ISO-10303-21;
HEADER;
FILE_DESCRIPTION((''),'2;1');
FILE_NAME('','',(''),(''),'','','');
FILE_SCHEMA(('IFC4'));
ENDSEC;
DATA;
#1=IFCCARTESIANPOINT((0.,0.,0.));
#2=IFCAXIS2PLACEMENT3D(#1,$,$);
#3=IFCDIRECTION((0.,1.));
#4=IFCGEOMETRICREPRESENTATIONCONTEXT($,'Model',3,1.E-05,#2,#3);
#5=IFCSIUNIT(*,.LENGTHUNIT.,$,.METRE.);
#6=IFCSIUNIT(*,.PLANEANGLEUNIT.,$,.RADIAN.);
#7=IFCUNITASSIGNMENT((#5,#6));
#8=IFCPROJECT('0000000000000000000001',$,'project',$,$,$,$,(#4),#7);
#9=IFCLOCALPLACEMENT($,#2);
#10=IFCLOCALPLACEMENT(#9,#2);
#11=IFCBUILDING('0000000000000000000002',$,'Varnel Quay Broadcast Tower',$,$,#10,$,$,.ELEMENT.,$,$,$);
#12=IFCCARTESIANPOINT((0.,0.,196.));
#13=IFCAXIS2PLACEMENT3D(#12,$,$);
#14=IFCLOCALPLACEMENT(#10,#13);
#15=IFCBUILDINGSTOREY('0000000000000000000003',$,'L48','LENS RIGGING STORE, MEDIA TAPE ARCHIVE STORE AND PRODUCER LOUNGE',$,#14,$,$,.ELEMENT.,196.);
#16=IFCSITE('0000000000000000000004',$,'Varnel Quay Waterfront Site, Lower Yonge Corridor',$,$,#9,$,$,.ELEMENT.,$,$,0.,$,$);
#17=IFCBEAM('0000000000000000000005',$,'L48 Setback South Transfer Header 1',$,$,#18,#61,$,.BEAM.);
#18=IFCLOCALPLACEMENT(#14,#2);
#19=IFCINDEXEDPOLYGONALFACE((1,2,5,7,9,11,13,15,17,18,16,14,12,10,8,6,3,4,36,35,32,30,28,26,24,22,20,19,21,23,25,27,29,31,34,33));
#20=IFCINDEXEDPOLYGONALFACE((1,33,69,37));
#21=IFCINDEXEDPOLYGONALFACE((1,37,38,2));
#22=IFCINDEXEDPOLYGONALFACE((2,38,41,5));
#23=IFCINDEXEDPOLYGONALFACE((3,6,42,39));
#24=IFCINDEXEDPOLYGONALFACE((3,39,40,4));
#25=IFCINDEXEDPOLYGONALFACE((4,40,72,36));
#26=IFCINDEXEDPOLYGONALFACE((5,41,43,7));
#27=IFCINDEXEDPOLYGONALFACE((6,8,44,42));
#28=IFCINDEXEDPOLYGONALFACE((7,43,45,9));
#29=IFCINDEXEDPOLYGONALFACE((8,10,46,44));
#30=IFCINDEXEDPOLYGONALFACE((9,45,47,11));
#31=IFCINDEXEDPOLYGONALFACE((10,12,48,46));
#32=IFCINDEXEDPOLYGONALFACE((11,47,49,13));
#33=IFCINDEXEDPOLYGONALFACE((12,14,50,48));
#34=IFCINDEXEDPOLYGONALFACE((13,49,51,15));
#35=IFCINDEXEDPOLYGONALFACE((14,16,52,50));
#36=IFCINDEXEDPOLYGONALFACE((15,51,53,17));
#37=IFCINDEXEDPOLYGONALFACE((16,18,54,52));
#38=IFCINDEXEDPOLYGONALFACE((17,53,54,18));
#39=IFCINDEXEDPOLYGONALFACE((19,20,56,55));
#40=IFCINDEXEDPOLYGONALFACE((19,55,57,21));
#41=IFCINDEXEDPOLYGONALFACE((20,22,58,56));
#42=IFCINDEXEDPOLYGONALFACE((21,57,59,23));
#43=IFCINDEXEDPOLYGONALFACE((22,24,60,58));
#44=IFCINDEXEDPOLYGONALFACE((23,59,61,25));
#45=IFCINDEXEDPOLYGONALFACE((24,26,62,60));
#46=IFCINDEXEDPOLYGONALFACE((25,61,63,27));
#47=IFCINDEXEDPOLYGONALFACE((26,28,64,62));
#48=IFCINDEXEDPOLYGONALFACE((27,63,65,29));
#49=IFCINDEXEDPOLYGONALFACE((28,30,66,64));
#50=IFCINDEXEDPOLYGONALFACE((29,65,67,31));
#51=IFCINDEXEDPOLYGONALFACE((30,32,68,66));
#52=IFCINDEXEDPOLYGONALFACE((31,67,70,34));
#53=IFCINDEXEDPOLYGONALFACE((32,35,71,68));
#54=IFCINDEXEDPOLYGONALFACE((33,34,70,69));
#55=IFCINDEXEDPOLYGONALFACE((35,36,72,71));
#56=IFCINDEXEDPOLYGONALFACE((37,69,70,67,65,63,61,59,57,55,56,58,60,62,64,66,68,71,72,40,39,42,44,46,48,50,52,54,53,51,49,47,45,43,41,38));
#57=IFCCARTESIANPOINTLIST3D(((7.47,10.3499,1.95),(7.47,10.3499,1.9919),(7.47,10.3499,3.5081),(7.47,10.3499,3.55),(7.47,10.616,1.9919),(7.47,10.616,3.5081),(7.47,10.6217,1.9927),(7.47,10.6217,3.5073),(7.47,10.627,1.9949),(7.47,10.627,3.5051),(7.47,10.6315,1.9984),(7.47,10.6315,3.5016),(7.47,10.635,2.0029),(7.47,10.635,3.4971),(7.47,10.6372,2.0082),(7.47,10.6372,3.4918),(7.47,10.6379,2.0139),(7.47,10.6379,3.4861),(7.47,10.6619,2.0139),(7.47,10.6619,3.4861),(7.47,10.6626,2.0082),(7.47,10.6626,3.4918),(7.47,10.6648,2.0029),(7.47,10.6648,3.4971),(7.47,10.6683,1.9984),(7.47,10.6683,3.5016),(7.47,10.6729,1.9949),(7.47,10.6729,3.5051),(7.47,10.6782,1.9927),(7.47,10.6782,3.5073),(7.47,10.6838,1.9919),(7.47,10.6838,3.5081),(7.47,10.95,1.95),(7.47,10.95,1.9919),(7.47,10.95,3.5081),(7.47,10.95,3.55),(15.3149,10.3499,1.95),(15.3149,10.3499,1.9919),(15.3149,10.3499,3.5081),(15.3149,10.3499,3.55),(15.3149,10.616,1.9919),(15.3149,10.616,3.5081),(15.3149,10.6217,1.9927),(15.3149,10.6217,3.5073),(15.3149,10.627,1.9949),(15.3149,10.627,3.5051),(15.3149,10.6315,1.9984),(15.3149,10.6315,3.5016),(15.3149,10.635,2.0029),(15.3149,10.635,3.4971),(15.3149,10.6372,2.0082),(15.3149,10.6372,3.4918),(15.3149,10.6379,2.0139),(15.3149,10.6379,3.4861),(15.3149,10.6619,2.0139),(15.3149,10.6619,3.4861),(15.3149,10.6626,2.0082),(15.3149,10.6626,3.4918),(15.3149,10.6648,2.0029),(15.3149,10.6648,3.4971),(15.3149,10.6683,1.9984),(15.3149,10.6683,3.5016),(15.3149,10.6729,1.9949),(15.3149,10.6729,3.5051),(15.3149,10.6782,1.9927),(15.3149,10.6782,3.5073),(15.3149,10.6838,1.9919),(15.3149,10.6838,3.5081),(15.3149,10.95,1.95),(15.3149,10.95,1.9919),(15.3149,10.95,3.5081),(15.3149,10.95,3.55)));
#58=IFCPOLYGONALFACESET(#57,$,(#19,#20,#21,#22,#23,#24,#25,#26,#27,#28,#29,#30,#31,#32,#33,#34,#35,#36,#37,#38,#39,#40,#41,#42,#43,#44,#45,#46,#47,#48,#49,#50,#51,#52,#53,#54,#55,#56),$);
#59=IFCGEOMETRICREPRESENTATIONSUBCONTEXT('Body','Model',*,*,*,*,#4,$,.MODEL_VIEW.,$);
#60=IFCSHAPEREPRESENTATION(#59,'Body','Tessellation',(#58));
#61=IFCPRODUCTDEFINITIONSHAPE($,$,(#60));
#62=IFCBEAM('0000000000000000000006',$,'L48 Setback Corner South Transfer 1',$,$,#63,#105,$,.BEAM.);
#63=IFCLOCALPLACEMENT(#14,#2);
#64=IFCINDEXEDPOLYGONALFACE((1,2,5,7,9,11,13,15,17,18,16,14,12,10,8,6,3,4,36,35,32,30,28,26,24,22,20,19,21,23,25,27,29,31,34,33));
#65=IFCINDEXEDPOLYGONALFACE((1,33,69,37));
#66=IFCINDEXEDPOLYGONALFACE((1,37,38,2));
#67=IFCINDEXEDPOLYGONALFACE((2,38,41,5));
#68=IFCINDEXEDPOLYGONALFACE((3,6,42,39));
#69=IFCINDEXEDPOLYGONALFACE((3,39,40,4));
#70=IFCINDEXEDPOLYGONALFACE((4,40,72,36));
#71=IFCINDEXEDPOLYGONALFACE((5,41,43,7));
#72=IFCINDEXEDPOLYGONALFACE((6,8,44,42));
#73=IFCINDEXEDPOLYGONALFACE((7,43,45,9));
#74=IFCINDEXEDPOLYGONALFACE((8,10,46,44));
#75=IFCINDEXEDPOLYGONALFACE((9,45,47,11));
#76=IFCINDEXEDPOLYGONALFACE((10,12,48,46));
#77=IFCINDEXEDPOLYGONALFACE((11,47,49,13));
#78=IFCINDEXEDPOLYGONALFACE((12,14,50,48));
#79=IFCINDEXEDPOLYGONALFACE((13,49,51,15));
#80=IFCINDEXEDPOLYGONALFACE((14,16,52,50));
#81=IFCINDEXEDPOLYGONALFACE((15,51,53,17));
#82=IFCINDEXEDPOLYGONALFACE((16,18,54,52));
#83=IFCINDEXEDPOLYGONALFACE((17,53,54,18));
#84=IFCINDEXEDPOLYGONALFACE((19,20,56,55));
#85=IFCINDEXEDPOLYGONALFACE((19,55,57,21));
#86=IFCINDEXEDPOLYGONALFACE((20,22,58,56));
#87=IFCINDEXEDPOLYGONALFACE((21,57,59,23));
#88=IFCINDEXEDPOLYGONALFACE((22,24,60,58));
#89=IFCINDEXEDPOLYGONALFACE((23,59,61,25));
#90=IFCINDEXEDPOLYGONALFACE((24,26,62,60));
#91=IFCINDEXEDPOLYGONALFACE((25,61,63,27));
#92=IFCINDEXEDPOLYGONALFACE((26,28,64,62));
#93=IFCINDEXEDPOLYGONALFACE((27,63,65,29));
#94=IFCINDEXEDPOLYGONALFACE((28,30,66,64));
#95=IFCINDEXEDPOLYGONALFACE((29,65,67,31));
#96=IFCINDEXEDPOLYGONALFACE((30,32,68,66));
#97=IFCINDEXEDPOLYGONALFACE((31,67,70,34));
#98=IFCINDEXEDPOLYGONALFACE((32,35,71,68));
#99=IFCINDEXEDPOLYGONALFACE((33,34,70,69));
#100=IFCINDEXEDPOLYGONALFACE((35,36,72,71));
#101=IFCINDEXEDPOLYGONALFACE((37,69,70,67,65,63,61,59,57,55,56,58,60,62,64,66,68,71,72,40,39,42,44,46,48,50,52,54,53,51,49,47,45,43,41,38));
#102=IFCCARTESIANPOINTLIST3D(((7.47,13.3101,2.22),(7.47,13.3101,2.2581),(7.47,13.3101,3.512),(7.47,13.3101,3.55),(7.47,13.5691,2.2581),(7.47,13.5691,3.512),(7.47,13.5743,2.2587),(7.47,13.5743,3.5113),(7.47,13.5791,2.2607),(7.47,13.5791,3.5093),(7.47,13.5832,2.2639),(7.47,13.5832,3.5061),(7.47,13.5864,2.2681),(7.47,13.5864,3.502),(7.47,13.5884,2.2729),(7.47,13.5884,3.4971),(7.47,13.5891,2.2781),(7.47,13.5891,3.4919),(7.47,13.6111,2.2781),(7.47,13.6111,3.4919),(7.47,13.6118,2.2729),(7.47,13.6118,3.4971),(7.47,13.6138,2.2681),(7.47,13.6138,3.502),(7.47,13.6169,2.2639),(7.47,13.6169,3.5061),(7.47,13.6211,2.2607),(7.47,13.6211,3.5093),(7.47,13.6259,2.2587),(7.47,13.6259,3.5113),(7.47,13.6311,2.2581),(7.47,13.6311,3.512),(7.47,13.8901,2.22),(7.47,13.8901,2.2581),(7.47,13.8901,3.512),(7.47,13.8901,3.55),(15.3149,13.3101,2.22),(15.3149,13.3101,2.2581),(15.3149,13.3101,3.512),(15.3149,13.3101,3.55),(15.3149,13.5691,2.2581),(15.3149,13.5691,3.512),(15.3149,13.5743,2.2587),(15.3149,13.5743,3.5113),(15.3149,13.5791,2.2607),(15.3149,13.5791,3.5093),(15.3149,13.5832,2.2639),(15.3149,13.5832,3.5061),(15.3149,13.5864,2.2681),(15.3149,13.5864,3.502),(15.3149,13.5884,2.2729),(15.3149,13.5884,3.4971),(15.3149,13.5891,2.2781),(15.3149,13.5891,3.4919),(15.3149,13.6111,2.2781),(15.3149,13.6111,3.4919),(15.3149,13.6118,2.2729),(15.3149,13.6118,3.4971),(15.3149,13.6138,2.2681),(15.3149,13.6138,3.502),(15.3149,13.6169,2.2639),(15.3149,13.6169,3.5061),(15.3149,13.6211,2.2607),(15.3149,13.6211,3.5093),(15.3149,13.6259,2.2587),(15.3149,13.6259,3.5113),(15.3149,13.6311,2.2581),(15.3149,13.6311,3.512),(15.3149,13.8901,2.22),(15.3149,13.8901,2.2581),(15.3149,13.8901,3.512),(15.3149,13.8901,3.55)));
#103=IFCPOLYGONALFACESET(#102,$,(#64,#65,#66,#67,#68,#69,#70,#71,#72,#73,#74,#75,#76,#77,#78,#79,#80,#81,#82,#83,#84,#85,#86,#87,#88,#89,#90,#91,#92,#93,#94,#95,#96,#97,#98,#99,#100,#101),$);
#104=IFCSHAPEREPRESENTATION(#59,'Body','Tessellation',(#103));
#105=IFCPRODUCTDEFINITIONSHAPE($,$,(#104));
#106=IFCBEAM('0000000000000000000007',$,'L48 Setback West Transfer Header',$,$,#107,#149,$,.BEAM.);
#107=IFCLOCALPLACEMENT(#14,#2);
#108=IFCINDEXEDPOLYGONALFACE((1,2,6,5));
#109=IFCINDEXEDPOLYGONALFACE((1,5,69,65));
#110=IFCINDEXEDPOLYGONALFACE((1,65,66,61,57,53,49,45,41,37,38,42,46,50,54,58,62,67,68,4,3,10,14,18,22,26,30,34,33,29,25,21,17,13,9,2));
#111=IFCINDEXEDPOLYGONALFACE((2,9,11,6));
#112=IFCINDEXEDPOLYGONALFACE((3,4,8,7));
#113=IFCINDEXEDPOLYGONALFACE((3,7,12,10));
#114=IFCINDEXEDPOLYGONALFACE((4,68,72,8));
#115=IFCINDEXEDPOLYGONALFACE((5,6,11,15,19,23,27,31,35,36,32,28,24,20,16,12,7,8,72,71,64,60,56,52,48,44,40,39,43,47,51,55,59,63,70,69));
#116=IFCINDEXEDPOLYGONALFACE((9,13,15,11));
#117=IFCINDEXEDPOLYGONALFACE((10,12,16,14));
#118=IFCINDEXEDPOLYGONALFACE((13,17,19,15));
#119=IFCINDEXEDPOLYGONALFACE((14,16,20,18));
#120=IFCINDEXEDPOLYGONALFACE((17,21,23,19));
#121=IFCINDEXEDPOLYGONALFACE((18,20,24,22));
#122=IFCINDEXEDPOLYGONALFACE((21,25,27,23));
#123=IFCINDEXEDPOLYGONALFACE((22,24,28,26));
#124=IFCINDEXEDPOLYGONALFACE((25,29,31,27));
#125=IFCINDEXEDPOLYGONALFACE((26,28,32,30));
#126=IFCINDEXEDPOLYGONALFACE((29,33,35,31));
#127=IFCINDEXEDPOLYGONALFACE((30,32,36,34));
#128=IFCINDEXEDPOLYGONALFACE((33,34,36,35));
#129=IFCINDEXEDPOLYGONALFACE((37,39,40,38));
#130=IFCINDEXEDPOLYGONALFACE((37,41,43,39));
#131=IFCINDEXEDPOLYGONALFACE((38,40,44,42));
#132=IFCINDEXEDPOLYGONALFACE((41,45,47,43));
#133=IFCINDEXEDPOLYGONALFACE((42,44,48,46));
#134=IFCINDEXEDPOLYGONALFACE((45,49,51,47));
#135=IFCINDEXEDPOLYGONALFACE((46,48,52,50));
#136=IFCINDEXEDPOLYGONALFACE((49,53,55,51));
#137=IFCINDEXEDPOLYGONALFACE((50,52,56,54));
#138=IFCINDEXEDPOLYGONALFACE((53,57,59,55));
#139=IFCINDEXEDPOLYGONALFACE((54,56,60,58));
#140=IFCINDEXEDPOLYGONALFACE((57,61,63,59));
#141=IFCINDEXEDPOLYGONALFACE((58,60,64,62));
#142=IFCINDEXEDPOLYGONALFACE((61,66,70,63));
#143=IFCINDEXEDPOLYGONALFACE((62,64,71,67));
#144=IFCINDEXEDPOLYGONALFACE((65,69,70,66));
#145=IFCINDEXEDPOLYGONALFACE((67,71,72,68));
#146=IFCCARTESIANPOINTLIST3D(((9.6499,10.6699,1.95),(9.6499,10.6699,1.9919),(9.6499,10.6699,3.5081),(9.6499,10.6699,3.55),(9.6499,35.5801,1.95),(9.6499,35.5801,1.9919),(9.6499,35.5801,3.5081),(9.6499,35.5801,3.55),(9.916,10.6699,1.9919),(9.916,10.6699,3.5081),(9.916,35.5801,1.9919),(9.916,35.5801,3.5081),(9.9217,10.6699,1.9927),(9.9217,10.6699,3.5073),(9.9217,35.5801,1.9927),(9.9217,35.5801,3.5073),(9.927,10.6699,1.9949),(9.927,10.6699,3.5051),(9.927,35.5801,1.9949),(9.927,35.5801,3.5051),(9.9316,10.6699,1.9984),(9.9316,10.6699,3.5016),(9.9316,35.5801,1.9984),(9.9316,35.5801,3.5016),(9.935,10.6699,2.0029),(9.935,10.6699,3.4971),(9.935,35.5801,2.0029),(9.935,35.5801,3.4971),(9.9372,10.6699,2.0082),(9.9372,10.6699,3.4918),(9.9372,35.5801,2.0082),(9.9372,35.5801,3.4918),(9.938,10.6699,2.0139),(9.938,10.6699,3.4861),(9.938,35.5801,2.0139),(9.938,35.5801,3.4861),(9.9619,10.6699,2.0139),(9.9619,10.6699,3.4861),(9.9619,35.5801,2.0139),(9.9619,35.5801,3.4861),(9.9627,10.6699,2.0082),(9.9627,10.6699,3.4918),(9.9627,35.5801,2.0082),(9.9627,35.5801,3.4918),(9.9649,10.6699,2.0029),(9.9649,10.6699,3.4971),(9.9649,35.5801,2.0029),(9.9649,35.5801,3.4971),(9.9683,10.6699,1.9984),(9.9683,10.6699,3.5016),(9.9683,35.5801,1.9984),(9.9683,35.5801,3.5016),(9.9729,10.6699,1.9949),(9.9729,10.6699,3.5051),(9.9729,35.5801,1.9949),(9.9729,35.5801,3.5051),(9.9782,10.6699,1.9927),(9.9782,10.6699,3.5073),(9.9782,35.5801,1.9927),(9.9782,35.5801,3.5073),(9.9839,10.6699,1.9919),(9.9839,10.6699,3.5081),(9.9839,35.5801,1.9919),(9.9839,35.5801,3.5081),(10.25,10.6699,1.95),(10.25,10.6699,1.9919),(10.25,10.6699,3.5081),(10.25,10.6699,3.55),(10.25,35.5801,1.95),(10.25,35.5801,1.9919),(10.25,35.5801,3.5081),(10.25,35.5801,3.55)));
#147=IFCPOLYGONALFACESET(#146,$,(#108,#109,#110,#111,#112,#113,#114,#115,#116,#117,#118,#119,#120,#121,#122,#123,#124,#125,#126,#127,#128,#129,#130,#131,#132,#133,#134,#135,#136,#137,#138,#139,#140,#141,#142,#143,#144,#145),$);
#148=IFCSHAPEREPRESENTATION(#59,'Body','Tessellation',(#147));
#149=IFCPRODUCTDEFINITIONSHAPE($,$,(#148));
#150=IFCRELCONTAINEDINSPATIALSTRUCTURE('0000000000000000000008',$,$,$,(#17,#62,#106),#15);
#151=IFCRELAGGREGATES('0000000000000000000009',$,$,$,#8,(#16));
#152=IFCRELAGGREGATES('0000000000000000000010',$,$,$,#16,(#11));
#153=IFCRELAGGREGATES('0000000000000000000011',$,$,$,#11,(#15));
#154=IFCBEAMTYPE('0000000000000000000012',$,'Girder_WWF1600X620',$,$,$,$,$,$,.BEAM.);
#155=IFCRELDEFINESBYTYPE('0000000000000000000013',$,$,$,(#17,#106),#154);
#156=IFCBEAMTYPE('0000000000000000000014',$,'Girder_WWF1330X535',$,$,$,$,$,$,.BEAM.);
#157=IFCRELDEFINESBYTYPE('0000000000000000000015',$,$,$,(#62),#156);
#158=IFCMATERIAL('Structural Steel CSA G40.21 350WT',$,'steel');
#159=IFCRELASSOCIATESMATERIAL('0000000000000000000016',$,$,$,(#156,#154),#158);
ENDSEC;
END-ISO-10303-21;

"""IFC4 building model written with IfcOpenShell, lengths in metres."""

from ifc_helpers import new_model, si_unit, direction, frame, origin, origin_2d, place, context, subcontext, project, spatial, i_section, extrude, source, transform, mapped, material, material_profile, profile_set, type_object, type_shapes, element, save


model = new_model("IFC4")

# Units and contexts
model_context = context("Model", 3, precision=1e-05, world=origin(), true_north=direction((0.0, 1.0)))
body_context = subcontext(model_context, "Body", "Model", "MODEL_VIEW")
ifc_project = project(units=[si_unit("LENGTHUNIT", "METRE"), si_unit("PLANEANGLEUNIT", "RADIAN")], contexts=[model_context])

# Site, building, storey
site_placement = place(None, origin())
site = spatial("IfcSite", under=ifc_project, at=site_placement, Name="Varnel Quay Waterfront Site, Lower Yonge Corridor", CompositionType="ELEMENT", RefElevation=0.0)
building_placement = place(site_placement, origin())
building = spatial("IfcBuilding", under=site, at=building_placement, Name="Varnel Quay Broadcast Tower", CompositionType="ELEMENT")
storey_placement = place(building_placement, frame((0.0, 0.0, 196.0)))
storey = spatial("IfcBuildingStorey", under=building, at=storey_placement, Name="L48", Description="LENS RIGGING STORE, MEDIA TAPE ARCHIVE STORE AND PRODUCER LOUNGE", CompositionType="ELEMENT", Elevation=196.0)

# Beams
ifc_material_1 = material(Name="Structural Steel CSA G40.21 350WT", Category="steel")
ifc_material_profile_1 = material_profile(ifc_material_1, i_section(OverallWidth=0.5801, OverallDepth=1.3301, WebThickness=0.022, FlangeThickness=0.0381, FilletRadius=0.02, at=origin_2d()), Name="WWF1330X535")
ifc_profile_set_1 = profile_set([ifc_material_profile_1], Name="Structural Steel CSA G40.21 350WT")
beam_type_1 = type_object("IfcBeamType", Name="Girder_WWF1330X535", PredefinedType="BEAM", material=ifc_profile_set_1)
ifc_material_profile_2 = material_profile(ifc_material_1, i_section(OverallWidth=0.6001, OverallDepth=1.6001, WebThickness=0.0239, FlangeThickness=0.042, FilletRadius=0.022, at=origin_2d()), Name="WWF1600X620")
ifc_profile_set_2 = profile_set([ifc_material_profile_2], Name="Structural Steel CSA G40.21 350WT")
beam_type_2 = type_object("IfcBeamType", Name="Girder_WWF1600X620", PredefinedType="BEAM", material=ifc_profile_set_2)
shared_shape_1 = source(origin(), body_context, "Body", "SweptSolid", [
    extrude(i_section(OverallWidth=0.6001, OverallDepth=1.6001, WebThickness=0.0239, FlangeThickness=0.042, FilletRadius=0.022, at=origin_2d()), origin(), (0.0, 0.0, 1.0), 7.845),
])
beam_1_placement = place(storey_placement, frame((7.47, 10.6499, 2.75), z_axis=(1.0, 0.0, 0.0), x_axis=(0.0, 1.0, 0.0)))
element("IfcBeam", 1, at=beam_1_placement, inside=storey, type_object=beam_type_2, Name="L48 Setback South Transfer Header 1", PredefinedType="BEAM", context=body_context, shape_type="MappedRepresentation", body=[
    mapped(shared_shape_1, transform((0.0, 0.0, 0.0), x_axis=(1.0, 0.0, 0.0), y_axis=(0.0, 1.0, 0.0), z_axis=(0.0, 0.0, 1.0), scale=1.0)),
])
shared_shape_2 = source(origin(), body_context, "Body", "SweptSolid", [
    extrude(i_section(OverallWidth=0.5801, OverallDepth=1.3301, WebThickness=0.022, FlangeThickness=0.0381, FilletRadius=0.02, at=origin_2d()), origin(), (0.0, 0.0, 1.0), 7.845),
])
beam_2_placement = place(storey_placement, frame((7.47, 13.6001, 2.885), z_axis=(1.0, 0.0, 0.0), x_axis=(0.0, 1.0, 0.0)))
element("IfcBeam", 2, at=beam_2_placement, inside=storey, type_object=beam_type_1, Name="L48 Setback Corner South Transfer 1", PredefinedType="BEAM", context=body_context, shape_type="MappedRepresentation", body=[
    mapped(shared_shape_2, transform((0.0, 0.0, 0.0), x_axis=(1.0, 0.0, 0.0), y_axis=(0.0, 1.0, 0.0), z_axis=(0.0, 0.0, 1.0), scale=1.0)),
])
shared_shape_3 = source(origin(), body_context, "Body", "SweptSolid", [
    extrude(i_section(OverallWidth=0.6001, OverallDepth=1.6001, WebThickness=0.0239, FlangeThickness=0.042, FilletRadius=0.022, at=origin_2d()), origin(), (0.0, 0.0, 1.0), 24.9102),
])
type_shapes(beam_type_2, [shared_shape_1, shared_shape_3])
beam_3_placement = place(storey_placement, frame((9.95, 10.6699, 2.75), z_axis=(0.0, 1.0, 0.0), x_axis=(-1.0, 0.0, 0.0)))
element("IfcBeam", 3, at=beam_3_placement, inside=storey, type_object=beam_type_2, Name="L48 Setback West Transfer Header", PredefinedType="BEAM", context=body_context, shape_type="MappedRepresentation", body=[
    mapped(shared_shape_3, transform((0.0, 0.0, 0.0), x_axis=(1.0, 0.0, 0.0), y_axis=(0.0, 1.0, 0.0), z_axis=(0.0, 0.0, 1.0), scale=1.0)),
])

save(model, "model.ifc")
